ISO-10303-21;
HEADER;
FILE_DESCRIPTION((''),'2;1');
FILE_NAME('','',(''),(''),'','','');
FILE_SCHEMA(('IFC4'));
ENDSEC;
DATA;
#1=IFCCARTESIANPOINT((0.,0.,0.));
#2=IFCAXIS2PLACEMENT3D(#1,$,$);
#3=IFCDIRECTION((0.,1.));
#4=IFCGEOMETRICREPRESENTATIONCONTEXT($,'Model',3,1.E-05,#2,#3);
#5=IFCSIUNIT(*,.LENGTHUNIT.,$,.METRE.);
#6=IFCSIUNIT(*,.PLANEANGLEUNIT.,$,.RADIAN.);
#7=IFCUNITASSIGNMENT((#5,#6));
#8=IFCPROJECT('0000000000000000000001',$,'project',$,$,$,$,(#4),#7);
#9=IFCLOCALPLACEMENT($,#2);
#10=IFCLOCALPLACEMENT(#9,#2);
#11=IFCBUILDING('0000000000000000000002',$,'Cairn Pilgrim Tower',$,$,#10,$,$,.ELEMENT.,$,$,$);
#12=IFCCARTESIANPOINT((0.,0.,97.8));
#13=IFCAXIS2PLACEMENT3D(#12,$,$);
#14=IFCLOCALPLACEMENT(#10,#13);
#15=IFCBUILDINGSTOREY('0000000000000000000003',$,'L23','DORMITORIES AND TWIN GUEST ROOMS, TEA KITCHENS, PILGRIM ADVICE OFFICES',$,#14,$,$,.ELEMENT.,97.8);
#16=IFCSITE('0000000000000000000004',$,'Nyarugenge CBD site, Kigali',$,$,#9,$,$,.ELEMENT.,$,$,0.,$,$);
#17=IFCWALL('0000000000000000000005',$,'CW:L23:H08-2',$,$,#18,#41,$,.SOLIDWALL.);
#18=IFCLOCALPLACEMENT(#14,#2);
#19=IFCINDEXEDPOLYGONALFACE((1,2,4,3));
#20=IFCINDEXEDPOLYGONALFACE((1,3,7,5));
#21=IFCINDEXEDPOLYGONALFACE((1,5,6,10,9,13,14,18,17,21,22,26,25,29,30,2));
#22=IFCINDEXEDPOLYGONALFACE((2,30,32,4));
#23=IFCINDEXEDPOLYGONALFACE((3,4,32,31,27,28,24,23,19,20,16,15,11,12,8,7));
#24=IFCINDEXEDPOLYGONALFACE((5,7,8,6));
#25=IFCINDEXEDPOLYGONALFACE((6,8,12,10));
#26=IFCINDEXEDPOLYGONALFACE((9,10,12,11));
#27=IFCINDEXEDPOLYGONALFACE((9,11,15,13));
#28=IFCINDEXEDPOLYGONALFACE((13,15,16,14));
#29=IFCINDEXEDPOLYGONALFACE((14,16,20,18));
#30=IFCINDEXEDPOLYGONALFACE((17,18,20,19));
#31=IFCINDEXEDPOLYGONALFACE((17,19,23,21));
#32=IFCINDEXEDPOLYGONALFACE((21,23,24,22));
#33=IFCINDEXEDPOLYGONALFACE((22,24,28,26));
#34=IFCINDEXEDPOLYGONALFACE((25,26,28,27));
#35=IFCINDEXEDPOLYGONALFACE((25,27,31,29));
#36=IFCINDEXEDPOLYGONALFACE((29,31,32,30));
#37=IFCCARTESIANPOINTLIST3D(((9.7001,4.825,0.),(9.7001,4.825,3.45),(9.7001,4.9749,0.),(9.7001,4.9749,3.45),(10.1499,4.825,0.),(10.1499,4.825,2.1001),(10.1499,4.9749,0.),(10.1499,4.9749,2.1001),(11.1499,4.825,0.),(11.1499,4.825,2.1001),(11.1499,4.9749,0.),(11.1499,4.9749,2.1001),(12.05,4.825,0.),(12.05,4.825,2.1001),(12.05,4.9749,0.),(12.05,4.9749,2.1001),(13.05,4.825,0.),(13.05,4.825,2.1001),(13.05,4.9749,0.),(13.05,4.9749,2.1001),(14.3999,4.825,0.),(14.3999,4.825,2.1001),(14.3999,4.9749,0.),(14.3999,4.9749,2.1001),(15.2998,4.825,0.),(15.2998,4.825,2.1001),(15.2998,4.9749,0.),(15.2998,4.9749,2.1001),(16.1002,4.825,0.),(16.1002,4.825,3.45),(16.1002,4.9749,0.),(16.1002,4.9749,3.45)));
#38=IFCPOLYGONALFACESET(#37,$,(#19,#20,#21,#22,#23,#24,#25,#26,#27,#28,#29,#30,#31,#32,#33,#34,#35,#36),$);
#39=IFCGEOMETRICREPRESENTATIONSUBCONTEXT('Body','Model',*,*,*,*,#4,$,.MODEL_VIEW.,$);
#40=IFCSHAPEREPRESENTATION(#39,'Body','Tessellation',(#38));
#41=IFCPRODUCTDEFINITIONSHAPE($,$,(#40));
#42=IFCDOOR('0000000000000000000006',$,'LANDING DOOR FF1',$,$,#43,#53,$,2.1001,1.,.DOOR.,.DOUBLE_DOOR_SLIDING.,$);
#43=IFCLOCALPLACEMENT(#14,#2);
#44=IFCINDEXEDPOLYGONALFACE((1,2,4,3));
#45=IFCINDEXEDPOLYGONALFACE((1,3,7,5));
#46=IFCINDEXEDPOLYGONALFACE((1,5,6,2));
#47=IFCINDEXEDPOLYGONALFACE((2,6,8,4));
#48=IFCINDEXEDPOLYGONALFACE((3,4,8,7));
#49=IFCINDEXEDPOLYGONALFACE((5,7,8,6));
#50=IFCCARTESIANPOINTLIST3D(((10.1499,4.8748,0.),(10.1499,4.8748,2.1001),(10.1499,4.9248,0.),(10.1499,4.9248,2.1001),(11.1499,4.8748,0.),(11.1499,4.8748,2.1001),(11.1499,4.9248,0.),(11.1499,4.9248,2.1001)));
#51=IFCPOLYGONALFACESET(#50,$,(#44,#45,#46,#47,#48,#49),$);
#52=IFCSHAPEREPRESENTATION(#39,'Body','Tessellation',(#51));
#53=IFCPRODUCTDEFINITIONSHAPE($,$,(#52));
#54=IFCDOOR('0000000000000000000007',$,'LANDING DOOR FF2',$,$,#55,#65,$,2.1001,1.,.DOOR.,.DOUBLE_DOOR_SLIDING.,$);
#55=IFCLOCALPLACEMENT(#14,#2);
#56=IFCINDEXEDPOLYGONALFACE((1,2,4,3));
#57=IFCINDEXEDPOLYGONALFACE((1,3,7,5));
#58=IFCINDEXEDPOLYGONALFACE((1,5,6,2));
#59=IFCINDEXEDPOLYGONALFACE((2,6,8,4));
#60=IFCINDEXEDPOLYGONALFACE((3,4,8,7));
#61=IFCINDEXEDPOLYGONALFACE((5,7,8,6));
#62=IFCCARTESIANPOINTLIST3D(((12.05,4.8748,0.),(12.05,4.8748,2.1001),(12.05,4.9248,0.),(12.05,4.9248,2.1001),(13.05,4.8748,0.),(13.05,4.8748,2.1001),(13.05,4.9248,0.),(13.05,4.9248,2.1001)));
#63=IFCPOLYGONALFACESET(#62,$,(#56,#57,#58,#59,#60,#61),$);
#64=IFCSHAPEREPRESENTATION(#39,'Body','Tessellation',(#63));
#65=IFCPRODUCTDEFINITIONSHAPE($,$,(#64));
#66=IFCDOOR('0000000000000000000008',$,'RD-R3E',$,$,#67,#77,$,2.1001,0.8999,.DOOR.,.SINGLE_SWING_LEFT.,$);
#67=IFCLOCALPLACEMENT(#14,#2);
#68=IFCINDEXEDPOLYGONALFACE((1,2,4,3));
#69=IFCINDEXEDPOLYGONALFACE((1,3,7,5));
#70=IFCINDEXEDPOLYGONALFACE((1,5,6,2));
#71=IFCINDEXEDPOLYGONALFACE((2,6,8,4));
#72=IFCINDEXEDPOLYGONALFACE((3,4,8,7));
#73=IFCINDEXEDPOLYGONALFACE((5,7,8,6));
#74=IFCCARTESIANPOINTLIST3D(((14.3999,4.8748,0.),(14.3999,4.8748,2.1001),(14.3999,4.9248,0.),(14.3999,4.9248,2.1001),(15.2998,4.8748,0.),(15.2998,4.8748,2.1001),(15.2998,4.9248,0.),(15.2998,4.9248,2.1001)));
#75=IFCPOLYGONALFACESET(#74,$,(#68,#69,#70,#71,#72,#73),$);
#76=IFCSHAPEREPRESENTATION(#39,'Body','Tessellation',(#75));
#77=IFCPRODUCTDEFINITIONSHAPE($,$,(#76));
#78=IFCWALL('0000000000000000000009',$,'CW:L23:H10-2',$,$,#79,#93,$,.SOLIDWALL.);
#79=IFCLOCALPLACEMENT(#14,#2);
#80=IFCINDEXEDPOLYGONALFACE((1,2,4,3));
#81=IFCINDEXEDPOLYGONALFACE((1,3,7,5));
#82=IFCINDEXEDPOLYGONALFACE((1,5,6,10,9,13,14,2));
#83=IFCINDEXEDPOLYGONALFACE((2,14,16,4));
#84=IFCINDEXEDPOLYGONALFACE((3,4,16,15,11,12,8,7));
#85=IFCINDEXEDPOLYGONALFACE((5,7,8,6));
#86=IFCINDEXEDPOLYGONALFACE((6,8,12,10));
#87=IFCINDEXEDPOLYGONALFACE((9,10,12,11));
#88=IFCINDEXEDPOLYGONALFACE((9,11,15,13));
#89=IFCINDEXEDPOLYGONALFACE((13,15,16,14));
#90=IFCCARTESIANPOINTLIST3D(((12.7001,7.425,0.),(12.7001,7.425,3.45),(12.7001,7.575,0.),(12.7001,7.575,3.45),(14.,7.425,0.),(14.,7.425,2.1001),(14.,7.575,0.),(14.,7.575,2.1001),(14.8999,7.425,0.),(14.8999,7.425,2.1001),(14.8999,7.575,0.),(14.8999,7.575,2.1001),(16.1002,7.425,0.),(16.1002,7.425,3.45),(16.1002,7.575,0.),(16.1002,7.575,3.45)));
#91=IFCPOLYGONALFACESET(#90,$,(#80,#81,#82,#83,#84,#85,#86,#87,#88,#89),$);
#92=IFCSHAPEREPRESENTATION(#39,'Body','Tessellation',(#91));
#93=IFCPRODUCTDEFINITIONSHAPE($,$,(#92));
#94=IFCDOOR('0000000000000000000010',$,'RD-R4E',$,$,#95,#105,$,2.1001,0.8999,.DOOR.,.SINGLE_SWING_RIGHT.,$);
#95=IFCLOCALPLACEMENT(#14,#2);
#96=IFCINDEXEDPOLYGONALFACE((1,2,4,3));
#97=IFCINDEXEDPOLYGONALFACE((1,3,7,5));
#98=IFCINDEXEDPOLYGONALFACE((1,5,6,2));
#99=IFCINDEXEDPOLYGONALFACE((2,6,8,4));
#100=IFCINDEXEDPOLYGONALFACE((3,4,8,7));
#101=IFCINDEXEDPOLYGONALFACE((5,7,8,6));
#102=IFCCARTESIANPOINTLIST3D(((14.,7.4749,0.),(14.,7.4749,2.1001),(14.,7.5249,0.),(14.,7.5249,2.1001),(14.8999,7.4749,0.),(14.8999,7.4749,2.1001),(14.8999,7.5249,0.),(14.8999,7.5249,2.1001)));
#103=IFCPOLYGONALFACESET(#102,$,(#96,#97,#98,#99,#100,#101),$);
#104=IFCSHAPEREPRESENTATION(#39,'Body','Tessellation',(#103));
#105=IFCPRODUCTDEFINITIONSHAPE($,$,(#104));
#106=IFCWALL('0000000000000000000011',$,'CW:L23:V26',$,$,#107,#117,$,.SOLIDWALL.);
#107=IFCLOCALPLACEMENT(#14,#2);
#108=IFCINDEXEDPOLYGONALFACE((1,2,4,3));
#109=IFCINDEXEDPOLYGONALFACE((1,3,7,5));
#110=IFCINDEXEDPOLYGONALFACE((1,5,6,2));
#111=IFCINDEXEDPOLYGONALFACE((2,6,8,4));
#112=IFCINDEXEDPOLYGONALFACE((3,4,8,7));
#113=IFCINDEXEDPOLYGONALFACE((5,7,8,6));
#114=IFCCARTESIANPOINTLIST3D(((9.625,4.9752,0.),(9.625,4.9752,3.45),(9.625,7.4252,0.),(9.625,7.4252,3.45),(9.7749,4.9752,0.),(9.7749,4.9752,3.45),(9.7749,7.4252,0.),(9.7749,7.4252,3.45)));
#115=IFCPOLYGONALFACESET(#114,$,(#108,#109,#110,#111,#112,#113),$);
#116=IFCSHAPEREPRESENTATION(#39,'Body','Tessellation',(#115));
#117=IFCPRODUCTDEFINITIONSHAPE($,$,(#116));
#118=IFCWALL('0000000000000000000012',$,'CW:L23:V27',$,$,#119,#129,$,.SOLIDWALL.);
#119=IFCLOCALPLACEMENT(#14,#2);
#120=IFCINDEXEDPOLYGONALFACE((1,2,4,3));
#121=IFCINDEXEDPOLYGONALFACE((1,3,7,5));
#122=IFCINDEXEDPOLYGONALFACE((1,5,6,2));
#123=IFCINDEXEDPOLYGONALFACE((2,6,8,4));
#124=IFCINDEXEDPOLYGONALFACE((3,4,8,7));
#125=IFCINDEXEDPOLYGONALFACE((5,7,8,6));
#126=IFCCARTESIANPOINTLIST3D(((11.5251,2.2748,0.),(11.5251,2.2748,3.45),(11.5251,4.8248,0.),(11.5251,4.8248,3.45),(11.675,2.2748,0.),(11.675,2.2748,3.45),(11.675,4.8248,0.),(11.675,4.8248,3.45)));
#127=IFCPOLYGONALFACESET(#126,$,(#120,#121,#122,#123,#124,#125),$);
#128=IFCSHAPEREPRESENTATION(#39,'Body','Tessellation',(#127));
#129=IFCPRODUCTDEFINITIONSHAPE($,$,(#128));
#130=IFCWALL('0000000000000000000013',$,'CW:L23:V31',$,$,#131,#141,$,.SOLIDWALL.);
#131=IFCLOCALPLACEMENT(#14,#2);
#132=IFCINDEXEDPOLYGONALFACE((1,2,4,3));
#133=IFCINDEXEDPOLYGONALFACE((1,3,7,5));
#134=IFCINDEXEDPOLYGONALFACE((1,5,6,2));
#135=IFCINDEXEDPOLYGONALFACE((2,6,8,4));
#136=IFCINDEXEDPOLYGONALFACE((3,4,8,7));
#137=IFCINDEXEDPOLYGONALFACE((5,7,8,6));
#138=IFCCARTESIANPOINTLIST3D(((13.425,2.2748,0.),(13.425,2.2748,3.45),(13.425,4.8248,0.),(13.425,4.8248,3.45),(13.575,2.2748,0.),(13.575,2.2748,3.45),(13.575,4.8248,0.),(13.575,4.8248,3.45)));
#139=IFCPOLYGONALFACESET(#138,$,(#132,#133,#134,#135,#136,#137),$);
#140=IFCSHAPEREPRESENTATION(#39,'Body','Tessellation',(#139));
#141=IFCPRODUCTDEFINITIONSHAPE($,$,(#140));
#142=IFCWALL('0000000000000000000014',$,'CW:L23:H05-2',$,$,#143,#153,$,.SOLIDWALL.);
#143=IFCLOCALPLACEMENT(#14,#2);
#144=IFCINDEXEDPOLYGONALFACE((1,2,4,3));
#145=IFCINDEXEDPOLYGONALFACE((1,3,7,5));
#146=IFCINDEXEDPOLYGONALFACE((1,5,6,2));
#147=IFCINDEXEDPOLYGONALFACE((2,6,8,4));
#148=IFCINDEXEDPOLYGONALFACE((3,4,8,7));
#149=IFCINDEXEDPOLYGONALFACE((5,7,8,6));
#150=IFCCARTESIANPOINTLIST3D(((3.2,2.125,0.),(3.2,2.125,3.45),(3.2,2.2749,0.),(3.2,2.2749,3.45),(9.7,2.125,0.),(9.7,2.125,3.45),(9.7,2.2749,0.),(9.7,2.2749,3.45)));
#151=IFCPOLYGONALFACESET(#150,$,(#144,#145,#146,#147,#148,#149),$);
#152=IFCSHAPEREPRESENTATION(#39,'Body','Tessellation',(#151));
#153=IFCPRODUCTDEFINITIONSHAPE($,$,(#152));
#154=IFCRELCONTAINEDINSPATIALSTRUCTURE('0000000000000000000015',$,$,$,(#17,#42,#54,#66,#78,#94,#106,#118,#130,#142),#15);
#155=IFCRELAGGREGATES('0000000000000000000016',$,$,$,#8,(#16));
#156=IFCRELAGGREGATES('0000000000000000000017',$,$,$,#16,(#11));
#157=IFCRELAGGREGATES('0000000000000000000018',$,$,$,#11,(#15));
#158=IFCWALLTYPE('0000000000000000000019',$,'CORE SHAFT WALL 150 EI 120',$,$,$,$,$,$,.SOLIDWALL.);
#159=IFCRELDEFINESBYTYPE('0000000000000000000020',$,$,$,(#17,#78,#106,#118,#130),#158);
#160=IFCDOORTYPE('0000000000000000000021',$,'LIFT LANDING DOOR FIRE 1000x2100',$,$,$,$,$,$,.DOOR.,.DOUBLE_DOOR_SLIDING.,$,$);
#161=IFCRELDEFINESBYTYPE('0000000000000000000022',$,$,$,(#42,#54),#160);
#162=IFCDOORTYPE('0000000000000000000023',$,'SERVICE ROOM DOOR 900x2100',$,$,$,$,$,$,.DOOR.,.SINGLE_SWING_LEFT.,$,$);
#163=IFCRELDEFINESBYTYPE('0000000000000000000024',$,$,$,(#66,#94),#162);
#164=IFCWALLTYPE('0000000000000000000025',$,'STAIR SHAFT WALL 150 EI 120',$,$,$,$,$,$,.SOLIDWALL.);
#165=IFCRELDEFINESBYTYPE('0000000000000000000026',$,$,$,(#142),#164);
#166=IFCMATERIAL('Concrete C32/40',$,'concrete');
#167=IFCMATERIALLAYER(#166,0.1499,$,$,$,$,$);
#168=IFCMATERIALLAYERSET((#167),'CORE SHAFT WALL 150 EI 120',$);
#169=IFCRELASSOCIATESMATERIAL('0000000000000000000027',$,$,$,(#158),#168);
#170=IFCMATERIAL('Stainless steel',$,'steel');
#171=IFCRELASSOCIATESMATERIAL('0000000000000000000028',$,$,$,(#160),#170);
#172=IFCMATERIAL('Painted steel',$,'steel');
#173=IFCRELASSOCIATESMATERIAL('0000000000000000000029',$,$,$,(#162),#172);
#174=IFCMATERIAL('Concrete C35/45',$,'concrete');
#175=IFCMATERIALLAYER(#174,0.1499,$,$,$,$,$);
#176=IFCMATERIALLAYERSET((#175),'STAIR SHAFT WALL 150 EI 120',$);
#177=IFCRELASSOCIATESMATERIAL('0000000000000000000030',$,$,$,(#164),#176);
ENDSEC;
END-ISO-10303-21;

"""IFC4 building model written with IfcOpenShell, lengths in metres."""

from ifc_helpers import new_model, si_unit, direction, frame, frame_2d, origin, place, context, subcontext, project, spatial, rectangle, extrude, material, layer, layer_set, type_object, element, fill, save


model = new_model("IFC4")

# Units and contexts
model_context = context("Model", 3, precision=1e-05, world=origin(), true_north=direction((0.0, 1.0)))
body_context = subcontext(model_context, "Body", "Model", "MODEL_VIEW")
ifc_project = project(units=[si_unit("LENGTHUNIT", "METRE"), si_unit("PLANEANGLEUNIT", "RADIAN")], contexts=[model_context])

# Site, building, storey
site_placement = place(None, origin())
site = spatial("IfcSite", under=ifc_project, at=site_placement, Name="Nyarugenge CBD site, Kigali", CompositionType="ELEMENT", RefElevation=0.0)
building_placement = place(site_placement, origin())
building = spatial("IfcBuilding", under=site, at=building_placement, Name="Cairn Pilgrim Tower", CompositionType="ELEMENT")
storey_placement = place(building_placement, frame((0.0, 0.0, 97.8)))
storey = spatial("IfcBuildingStorey", under=building, at=storey_placement, Name="L23", Description="DORMITORIES AND TWIN GUEST ROOMS, TEA KITCHENS, PILGRIM ADVICE OFFICES", CompositionType="ELEMENT", Elevation=97.8)

# Shared definitions
ifc_material_1 = material(Name="Concrete C32/40", Category="concrete")
ifc_layer_1 = layer(ifc_material_1, 0.1499)
ifc_layer_set_1 = layer_set([ifc_layer_1], Name="CORE SHAFT WALL 150 EI 120")
wall_type_1 = type_object("IfcWallType", Name="CORE SHAFT WALL 150 EI 120", PredefinedType="SOLIDWALL", material=ifc_layer_set_1)

# Wall, openings, doors
wall_1_placement = place(storey_placement, frame((9.7, 4.8999, 0.0), z_axis=(0.0, 0.0, 1.0), x_axis=(1.0, 0.0, 0.0)))
wall_1 = element("IfcWall", 1, at=wall_1_placement, inside=storey, type_object=wall_type_1, Name="CW:L23:H08-2", PredefinedType="SOLIDWALL", context=body_context, shape_type="SweptSolid", body=[
    extrude(rectangle(XDim=6.4001, YDim=0.1499, at=frame_2d((3.2002, 0.0))), origin(), (0.0, 0.0, 1.0), 3.45),
])
opening_1_placement = place(wall_1_placement, frame((0.45, 0.0, 0.0)))
opening_1 = element("IfcOpeningElement", 2, at=opening_1_placement, cuts=wall_1, PredefinedType="OPENING", context=body_context, shape_type="SweptSolid", body=[
    extrude(rectangle(XDim=1.0, YDim=2.1001, at=frame_2d((0.5, 1.05))), frame((0.0, 0.085, 0.0), z_axis=(0.0, -1.0, 0.0), x_axis=(1.0, 0.0, 0.0)), (0.0, 0.0, 1.0), 0.1699),
])
opening_2_placement = place(wall_1_placement, frame((2.3501, 0.0, 0.0)))
opening_2 = element("IfcOpeningElement", 3, at=opening_2_placement, cuts=wall_1, PredefinedType="OPENING", context=body_context, shape_type="SweptSolid", body=[
    extrude(rectangle(XDim=1.0, YDim=2.1001, at=frame_2d((0.5, 1.05))), frame((0.0, 0.085, 0.0), z_axis=(0.0, -1.0, 0.0), x_axis=(1.0, 0.0, 0.0)), (0.0, 0.0, 1.0), 0.1699),
])
opening_3_placement = place(wall_1_placement, frame((4.7, 0.0, 0.0)))
opening_3 = element("IfcOpeningElement", 4, at=opening_3_placement, cuts=wall_1, PredefinedType="OPENING", context=body_context, shape_type="SweptSolid", body=[
    extrude(rectangle(XDim=0.8999, YDim=2.1001, at=frame_2d((0.45, 1.05))), frame((0.0, 0.085, 0.0), z_axis=(0.0, -1.0, 0.0), x_axis=(1.0, 0.0, 0.0)), (0.0, 0.0, 1.0), 0.1699),
])
ifc_material_2 = material(Name="Stainless steel", Category="steel")
door_type_1 = type_object("IfcDoorType", Name="LIFT LANDING DOOR FIRE 1000x2100", OperationType="DOUBLE_DOOR_SLIDING", PredefinedType="DOOR", material=ifc_material_2)
door_1_placement = place(opening_1_placement, origin())
door_1 = element("IfcDoor", 5, at=door_1_placement, inside=storey, type_object=door_type_1, Name="LANDING DOOR FF1", OperationType="DOUBLE_DOOR_SLIDING", OverallHeight=2.1001, OverallWidth=1.0, PredefinedType="DOOR", context=body_context, shape_type="SweptSolid", body=[
    extrude(rectangle(XDim=1.0, YDim=2.1001, at=frame_2d((0.5, 1.05))), frame((0.0, 0.0249, 0.0), z_axis=(0.0, -1.0, 0.0), x_axis=(1.0, 0.0, 0.0)), (0.0, 0.0, 1.0), 0.05),
])
fill(opening_1, door_1)
door_2_placement = place(opening_2_placement, origin())
door_2 = element("IfcDoor", 6, at=door_2_placement, inside=storey, type_object=door_type_1, Name="LANDING DOOR FF2", OperationType="DOUBLE_DOOR_SLIDING", OverallHeight=2.1001, OverallWidth=1.0, PredefinedType="DOOR", context=body_context, shape_type="SweptSolid", body=[
    extrude(rectangle(XDim=1.0, YDim=2.1001, at=frame_2d((0.5, 1.05))), frame((0.0, 0.0249, 0.0), z_axis=(0.0, -1.0, 0.0), x_axis=(1.0, 0.0, 0.0)), (0.0, 0.0, 1.0), 0.05),
])
fill(opening_2, door_2)
ifc_material_3 = material(Name="Painted steel", Category="steel")
door_type_2 = type_object("IfcDoorType", Name="SERVICE ROOM DOOR 900x2100", OperationType="SINGLE_SWING_LEFT", PredefinedType="DOOR", material=ifc_material_3)
door_3_placement = place(opening_3_placement, origin())
door_3 = element("IfcDoor", 7, at=door_3_placement, inside=storey, type_object=door_type_2, Name="RD-R3E", OperationType="SINGLE_SWING_LEFT", OverallHeight=2.1001, OverallWidth=0.8999, PredefinedType="DOOR", context=body_context, shape_type="SweptSolid", body=[
    extrude(rectangle(XDim=0.8999, YDim=2.1001, at=frame_2d((0.45, 1.05))), frame((0.0, 0.0249, 0.0), z_axis=(0.0, -1.0, 0.0), x_axis=(1.0, 0.0, 0.0)), (0.0, 0.0, 1.0), 0.05),
])
fill(opening_3, door_3)

# Wall, opening, door
wall_2_placement = place(storey_placement, frame((12.7, 7.5, 0.0), z_axis=(0.0, 0.0, 1.0), x_axis=(1.0, 0.0, 0.0)))
wall_2 = element("IfcWall", 8, at=wall_2_placement, inside=storey, type_object=wall_type_1, Name="CW:L23:H10-2", PredefinedType="SOLIDWALL", context=body_context, shape_type="SweptSolid", body=[
    extrude(rectangle(XDim=3.4001, YDim=0.1499, at=frame_2d((1.7002, 0.0))), origin(), (0.0, 0.0, 1.0), 3.45),
])
opening_4_placement = place(wall_2_placement, frame((1.3, 0.0, 0.0)))
opening_4 = element("IfcOpeningElement", 9, at=opening_4_placement, cuts=wall_2, PredefinedType="OPENING", context=body_context, shape_type="SweptSolid", body=[
    extrude(rectangle(XDim=0.8999, YDim=2.1001, at=frame_2d((0.45, 1.05))), frame((0.0, 0.085, 0.0), z_axis=(0.0, -1.0, 0.0), x_axis=(1.0, 0.0, 0.0)), (0.0, 0.0, 1.0), 0.1699),
])
door_4_placement = place(opening_4_placement, origin())
door_4 = element("IfcDoor", 10, at=door_4_placement, inside=storey, type_object=door_type_2, Name="RD-R4E", OperationType="SINGLE_SWING_RIGHT", OverallHeight=2.1001, OverallWidth=0.8999, PredefinedType="DOOR", context=body_context, shape_type="SweptSolid", body=[
    extrude(rectangle(XDim=0.8999, YDim=2.1001, at=frame_2d((0.45, 1.05))), frame((0.0, 0.0249, 0.0), z_axis=(0.0, -1.0, 0.0), x_axis=(1.0, 0.0, 0.0)), (0.0, 0.0, 1.0), 0.05),
])
fill(opening_4, door_4)

# Walls
wall_3_placement = place(storey_placement, frame((9.7, 4.9751, 0.0), z_axis=(0.0, 0.0, 1.0), x_axis=(0.0, 1.0, 0.0)))
element("IfcWall", 11, at=wall_3_placement, inside=storey, type_object=wall_type_1, Name="CW:L23:V26", PredefinedType="SOLIDWALL", context=body_context, shape_type="SweptSolid", body=[
    extrude(rectangle(XDim=2.45, YDim=0.1499, at=frame_2d((1.2251, 0.0))), origin(), (0.0, 0.0, 1.0), 3.45),
])
for number, where, z_axis, x_axis, name in (
    (12, (11.6001, 2.2749, 0.0), (0.0, 0.0, 1.0), (0.0, 1.0, 0.0), "CW:L23:V27"),
    (13, (13.5, 2.2749, 0.0), (0.0, 0.0, 1.0), (0.0, 1.0, 0.0), "CW:L23:V31"),
):
    element("IfcWall", number, at=place(storey_placement, frame(where, z_axis=z_axis, x_axis=x_axis)), inside=storey, type_object=wall_type_1, Name=name, PredefinedType="SOLIDWALL", context=body_context, shape_type="SweptSolid", body=[
        extrude(rectangle(XDim=2.55, YDim=0.1499, at=frame_2d((1.2749, 0.0))), origin(), (0.0, 0.0, 1.0), 3.45),
    ])
ifc_material_4 = material(Name="Concrete C35/45", Category="concrete")
ifc_layer_2 = layer(ifc_material_4, 0.1499)
ifc_layer_set_2 = layer_set([ifc_layer_2], Name="STAIR SHAFT WALL 150 EI 120")
wall_type_2 = type_object("IfcWallType", Name="STAIR SHAFT WALL 150 EI 120", PredefinedType="SOLIDWALL", material=ifc_layer_set_2)
wall_4_placement = place(storey_placement, frame((3.2, 2.2, 0.0), z_axis=(0.0, 0.0, 1.0), x_axis=(1.0, 0.0, 0.0)))
element("IfcWall", 14, at=wall_4_placement, inside=storey, type_object=wall_type_2, Name="CW:L23:H05-2", PredefinedType="SOLIDWALL", context=body_context, shape_type="SweptSolid", body=[
    extrude(rectangle(XDim=6.5, YDim=0.1499, at=frame_2d((3.25, 0.0))), origin(), (0.0, 0.0, 1.0), 3.45),
])

save(model, "model.ifc")
